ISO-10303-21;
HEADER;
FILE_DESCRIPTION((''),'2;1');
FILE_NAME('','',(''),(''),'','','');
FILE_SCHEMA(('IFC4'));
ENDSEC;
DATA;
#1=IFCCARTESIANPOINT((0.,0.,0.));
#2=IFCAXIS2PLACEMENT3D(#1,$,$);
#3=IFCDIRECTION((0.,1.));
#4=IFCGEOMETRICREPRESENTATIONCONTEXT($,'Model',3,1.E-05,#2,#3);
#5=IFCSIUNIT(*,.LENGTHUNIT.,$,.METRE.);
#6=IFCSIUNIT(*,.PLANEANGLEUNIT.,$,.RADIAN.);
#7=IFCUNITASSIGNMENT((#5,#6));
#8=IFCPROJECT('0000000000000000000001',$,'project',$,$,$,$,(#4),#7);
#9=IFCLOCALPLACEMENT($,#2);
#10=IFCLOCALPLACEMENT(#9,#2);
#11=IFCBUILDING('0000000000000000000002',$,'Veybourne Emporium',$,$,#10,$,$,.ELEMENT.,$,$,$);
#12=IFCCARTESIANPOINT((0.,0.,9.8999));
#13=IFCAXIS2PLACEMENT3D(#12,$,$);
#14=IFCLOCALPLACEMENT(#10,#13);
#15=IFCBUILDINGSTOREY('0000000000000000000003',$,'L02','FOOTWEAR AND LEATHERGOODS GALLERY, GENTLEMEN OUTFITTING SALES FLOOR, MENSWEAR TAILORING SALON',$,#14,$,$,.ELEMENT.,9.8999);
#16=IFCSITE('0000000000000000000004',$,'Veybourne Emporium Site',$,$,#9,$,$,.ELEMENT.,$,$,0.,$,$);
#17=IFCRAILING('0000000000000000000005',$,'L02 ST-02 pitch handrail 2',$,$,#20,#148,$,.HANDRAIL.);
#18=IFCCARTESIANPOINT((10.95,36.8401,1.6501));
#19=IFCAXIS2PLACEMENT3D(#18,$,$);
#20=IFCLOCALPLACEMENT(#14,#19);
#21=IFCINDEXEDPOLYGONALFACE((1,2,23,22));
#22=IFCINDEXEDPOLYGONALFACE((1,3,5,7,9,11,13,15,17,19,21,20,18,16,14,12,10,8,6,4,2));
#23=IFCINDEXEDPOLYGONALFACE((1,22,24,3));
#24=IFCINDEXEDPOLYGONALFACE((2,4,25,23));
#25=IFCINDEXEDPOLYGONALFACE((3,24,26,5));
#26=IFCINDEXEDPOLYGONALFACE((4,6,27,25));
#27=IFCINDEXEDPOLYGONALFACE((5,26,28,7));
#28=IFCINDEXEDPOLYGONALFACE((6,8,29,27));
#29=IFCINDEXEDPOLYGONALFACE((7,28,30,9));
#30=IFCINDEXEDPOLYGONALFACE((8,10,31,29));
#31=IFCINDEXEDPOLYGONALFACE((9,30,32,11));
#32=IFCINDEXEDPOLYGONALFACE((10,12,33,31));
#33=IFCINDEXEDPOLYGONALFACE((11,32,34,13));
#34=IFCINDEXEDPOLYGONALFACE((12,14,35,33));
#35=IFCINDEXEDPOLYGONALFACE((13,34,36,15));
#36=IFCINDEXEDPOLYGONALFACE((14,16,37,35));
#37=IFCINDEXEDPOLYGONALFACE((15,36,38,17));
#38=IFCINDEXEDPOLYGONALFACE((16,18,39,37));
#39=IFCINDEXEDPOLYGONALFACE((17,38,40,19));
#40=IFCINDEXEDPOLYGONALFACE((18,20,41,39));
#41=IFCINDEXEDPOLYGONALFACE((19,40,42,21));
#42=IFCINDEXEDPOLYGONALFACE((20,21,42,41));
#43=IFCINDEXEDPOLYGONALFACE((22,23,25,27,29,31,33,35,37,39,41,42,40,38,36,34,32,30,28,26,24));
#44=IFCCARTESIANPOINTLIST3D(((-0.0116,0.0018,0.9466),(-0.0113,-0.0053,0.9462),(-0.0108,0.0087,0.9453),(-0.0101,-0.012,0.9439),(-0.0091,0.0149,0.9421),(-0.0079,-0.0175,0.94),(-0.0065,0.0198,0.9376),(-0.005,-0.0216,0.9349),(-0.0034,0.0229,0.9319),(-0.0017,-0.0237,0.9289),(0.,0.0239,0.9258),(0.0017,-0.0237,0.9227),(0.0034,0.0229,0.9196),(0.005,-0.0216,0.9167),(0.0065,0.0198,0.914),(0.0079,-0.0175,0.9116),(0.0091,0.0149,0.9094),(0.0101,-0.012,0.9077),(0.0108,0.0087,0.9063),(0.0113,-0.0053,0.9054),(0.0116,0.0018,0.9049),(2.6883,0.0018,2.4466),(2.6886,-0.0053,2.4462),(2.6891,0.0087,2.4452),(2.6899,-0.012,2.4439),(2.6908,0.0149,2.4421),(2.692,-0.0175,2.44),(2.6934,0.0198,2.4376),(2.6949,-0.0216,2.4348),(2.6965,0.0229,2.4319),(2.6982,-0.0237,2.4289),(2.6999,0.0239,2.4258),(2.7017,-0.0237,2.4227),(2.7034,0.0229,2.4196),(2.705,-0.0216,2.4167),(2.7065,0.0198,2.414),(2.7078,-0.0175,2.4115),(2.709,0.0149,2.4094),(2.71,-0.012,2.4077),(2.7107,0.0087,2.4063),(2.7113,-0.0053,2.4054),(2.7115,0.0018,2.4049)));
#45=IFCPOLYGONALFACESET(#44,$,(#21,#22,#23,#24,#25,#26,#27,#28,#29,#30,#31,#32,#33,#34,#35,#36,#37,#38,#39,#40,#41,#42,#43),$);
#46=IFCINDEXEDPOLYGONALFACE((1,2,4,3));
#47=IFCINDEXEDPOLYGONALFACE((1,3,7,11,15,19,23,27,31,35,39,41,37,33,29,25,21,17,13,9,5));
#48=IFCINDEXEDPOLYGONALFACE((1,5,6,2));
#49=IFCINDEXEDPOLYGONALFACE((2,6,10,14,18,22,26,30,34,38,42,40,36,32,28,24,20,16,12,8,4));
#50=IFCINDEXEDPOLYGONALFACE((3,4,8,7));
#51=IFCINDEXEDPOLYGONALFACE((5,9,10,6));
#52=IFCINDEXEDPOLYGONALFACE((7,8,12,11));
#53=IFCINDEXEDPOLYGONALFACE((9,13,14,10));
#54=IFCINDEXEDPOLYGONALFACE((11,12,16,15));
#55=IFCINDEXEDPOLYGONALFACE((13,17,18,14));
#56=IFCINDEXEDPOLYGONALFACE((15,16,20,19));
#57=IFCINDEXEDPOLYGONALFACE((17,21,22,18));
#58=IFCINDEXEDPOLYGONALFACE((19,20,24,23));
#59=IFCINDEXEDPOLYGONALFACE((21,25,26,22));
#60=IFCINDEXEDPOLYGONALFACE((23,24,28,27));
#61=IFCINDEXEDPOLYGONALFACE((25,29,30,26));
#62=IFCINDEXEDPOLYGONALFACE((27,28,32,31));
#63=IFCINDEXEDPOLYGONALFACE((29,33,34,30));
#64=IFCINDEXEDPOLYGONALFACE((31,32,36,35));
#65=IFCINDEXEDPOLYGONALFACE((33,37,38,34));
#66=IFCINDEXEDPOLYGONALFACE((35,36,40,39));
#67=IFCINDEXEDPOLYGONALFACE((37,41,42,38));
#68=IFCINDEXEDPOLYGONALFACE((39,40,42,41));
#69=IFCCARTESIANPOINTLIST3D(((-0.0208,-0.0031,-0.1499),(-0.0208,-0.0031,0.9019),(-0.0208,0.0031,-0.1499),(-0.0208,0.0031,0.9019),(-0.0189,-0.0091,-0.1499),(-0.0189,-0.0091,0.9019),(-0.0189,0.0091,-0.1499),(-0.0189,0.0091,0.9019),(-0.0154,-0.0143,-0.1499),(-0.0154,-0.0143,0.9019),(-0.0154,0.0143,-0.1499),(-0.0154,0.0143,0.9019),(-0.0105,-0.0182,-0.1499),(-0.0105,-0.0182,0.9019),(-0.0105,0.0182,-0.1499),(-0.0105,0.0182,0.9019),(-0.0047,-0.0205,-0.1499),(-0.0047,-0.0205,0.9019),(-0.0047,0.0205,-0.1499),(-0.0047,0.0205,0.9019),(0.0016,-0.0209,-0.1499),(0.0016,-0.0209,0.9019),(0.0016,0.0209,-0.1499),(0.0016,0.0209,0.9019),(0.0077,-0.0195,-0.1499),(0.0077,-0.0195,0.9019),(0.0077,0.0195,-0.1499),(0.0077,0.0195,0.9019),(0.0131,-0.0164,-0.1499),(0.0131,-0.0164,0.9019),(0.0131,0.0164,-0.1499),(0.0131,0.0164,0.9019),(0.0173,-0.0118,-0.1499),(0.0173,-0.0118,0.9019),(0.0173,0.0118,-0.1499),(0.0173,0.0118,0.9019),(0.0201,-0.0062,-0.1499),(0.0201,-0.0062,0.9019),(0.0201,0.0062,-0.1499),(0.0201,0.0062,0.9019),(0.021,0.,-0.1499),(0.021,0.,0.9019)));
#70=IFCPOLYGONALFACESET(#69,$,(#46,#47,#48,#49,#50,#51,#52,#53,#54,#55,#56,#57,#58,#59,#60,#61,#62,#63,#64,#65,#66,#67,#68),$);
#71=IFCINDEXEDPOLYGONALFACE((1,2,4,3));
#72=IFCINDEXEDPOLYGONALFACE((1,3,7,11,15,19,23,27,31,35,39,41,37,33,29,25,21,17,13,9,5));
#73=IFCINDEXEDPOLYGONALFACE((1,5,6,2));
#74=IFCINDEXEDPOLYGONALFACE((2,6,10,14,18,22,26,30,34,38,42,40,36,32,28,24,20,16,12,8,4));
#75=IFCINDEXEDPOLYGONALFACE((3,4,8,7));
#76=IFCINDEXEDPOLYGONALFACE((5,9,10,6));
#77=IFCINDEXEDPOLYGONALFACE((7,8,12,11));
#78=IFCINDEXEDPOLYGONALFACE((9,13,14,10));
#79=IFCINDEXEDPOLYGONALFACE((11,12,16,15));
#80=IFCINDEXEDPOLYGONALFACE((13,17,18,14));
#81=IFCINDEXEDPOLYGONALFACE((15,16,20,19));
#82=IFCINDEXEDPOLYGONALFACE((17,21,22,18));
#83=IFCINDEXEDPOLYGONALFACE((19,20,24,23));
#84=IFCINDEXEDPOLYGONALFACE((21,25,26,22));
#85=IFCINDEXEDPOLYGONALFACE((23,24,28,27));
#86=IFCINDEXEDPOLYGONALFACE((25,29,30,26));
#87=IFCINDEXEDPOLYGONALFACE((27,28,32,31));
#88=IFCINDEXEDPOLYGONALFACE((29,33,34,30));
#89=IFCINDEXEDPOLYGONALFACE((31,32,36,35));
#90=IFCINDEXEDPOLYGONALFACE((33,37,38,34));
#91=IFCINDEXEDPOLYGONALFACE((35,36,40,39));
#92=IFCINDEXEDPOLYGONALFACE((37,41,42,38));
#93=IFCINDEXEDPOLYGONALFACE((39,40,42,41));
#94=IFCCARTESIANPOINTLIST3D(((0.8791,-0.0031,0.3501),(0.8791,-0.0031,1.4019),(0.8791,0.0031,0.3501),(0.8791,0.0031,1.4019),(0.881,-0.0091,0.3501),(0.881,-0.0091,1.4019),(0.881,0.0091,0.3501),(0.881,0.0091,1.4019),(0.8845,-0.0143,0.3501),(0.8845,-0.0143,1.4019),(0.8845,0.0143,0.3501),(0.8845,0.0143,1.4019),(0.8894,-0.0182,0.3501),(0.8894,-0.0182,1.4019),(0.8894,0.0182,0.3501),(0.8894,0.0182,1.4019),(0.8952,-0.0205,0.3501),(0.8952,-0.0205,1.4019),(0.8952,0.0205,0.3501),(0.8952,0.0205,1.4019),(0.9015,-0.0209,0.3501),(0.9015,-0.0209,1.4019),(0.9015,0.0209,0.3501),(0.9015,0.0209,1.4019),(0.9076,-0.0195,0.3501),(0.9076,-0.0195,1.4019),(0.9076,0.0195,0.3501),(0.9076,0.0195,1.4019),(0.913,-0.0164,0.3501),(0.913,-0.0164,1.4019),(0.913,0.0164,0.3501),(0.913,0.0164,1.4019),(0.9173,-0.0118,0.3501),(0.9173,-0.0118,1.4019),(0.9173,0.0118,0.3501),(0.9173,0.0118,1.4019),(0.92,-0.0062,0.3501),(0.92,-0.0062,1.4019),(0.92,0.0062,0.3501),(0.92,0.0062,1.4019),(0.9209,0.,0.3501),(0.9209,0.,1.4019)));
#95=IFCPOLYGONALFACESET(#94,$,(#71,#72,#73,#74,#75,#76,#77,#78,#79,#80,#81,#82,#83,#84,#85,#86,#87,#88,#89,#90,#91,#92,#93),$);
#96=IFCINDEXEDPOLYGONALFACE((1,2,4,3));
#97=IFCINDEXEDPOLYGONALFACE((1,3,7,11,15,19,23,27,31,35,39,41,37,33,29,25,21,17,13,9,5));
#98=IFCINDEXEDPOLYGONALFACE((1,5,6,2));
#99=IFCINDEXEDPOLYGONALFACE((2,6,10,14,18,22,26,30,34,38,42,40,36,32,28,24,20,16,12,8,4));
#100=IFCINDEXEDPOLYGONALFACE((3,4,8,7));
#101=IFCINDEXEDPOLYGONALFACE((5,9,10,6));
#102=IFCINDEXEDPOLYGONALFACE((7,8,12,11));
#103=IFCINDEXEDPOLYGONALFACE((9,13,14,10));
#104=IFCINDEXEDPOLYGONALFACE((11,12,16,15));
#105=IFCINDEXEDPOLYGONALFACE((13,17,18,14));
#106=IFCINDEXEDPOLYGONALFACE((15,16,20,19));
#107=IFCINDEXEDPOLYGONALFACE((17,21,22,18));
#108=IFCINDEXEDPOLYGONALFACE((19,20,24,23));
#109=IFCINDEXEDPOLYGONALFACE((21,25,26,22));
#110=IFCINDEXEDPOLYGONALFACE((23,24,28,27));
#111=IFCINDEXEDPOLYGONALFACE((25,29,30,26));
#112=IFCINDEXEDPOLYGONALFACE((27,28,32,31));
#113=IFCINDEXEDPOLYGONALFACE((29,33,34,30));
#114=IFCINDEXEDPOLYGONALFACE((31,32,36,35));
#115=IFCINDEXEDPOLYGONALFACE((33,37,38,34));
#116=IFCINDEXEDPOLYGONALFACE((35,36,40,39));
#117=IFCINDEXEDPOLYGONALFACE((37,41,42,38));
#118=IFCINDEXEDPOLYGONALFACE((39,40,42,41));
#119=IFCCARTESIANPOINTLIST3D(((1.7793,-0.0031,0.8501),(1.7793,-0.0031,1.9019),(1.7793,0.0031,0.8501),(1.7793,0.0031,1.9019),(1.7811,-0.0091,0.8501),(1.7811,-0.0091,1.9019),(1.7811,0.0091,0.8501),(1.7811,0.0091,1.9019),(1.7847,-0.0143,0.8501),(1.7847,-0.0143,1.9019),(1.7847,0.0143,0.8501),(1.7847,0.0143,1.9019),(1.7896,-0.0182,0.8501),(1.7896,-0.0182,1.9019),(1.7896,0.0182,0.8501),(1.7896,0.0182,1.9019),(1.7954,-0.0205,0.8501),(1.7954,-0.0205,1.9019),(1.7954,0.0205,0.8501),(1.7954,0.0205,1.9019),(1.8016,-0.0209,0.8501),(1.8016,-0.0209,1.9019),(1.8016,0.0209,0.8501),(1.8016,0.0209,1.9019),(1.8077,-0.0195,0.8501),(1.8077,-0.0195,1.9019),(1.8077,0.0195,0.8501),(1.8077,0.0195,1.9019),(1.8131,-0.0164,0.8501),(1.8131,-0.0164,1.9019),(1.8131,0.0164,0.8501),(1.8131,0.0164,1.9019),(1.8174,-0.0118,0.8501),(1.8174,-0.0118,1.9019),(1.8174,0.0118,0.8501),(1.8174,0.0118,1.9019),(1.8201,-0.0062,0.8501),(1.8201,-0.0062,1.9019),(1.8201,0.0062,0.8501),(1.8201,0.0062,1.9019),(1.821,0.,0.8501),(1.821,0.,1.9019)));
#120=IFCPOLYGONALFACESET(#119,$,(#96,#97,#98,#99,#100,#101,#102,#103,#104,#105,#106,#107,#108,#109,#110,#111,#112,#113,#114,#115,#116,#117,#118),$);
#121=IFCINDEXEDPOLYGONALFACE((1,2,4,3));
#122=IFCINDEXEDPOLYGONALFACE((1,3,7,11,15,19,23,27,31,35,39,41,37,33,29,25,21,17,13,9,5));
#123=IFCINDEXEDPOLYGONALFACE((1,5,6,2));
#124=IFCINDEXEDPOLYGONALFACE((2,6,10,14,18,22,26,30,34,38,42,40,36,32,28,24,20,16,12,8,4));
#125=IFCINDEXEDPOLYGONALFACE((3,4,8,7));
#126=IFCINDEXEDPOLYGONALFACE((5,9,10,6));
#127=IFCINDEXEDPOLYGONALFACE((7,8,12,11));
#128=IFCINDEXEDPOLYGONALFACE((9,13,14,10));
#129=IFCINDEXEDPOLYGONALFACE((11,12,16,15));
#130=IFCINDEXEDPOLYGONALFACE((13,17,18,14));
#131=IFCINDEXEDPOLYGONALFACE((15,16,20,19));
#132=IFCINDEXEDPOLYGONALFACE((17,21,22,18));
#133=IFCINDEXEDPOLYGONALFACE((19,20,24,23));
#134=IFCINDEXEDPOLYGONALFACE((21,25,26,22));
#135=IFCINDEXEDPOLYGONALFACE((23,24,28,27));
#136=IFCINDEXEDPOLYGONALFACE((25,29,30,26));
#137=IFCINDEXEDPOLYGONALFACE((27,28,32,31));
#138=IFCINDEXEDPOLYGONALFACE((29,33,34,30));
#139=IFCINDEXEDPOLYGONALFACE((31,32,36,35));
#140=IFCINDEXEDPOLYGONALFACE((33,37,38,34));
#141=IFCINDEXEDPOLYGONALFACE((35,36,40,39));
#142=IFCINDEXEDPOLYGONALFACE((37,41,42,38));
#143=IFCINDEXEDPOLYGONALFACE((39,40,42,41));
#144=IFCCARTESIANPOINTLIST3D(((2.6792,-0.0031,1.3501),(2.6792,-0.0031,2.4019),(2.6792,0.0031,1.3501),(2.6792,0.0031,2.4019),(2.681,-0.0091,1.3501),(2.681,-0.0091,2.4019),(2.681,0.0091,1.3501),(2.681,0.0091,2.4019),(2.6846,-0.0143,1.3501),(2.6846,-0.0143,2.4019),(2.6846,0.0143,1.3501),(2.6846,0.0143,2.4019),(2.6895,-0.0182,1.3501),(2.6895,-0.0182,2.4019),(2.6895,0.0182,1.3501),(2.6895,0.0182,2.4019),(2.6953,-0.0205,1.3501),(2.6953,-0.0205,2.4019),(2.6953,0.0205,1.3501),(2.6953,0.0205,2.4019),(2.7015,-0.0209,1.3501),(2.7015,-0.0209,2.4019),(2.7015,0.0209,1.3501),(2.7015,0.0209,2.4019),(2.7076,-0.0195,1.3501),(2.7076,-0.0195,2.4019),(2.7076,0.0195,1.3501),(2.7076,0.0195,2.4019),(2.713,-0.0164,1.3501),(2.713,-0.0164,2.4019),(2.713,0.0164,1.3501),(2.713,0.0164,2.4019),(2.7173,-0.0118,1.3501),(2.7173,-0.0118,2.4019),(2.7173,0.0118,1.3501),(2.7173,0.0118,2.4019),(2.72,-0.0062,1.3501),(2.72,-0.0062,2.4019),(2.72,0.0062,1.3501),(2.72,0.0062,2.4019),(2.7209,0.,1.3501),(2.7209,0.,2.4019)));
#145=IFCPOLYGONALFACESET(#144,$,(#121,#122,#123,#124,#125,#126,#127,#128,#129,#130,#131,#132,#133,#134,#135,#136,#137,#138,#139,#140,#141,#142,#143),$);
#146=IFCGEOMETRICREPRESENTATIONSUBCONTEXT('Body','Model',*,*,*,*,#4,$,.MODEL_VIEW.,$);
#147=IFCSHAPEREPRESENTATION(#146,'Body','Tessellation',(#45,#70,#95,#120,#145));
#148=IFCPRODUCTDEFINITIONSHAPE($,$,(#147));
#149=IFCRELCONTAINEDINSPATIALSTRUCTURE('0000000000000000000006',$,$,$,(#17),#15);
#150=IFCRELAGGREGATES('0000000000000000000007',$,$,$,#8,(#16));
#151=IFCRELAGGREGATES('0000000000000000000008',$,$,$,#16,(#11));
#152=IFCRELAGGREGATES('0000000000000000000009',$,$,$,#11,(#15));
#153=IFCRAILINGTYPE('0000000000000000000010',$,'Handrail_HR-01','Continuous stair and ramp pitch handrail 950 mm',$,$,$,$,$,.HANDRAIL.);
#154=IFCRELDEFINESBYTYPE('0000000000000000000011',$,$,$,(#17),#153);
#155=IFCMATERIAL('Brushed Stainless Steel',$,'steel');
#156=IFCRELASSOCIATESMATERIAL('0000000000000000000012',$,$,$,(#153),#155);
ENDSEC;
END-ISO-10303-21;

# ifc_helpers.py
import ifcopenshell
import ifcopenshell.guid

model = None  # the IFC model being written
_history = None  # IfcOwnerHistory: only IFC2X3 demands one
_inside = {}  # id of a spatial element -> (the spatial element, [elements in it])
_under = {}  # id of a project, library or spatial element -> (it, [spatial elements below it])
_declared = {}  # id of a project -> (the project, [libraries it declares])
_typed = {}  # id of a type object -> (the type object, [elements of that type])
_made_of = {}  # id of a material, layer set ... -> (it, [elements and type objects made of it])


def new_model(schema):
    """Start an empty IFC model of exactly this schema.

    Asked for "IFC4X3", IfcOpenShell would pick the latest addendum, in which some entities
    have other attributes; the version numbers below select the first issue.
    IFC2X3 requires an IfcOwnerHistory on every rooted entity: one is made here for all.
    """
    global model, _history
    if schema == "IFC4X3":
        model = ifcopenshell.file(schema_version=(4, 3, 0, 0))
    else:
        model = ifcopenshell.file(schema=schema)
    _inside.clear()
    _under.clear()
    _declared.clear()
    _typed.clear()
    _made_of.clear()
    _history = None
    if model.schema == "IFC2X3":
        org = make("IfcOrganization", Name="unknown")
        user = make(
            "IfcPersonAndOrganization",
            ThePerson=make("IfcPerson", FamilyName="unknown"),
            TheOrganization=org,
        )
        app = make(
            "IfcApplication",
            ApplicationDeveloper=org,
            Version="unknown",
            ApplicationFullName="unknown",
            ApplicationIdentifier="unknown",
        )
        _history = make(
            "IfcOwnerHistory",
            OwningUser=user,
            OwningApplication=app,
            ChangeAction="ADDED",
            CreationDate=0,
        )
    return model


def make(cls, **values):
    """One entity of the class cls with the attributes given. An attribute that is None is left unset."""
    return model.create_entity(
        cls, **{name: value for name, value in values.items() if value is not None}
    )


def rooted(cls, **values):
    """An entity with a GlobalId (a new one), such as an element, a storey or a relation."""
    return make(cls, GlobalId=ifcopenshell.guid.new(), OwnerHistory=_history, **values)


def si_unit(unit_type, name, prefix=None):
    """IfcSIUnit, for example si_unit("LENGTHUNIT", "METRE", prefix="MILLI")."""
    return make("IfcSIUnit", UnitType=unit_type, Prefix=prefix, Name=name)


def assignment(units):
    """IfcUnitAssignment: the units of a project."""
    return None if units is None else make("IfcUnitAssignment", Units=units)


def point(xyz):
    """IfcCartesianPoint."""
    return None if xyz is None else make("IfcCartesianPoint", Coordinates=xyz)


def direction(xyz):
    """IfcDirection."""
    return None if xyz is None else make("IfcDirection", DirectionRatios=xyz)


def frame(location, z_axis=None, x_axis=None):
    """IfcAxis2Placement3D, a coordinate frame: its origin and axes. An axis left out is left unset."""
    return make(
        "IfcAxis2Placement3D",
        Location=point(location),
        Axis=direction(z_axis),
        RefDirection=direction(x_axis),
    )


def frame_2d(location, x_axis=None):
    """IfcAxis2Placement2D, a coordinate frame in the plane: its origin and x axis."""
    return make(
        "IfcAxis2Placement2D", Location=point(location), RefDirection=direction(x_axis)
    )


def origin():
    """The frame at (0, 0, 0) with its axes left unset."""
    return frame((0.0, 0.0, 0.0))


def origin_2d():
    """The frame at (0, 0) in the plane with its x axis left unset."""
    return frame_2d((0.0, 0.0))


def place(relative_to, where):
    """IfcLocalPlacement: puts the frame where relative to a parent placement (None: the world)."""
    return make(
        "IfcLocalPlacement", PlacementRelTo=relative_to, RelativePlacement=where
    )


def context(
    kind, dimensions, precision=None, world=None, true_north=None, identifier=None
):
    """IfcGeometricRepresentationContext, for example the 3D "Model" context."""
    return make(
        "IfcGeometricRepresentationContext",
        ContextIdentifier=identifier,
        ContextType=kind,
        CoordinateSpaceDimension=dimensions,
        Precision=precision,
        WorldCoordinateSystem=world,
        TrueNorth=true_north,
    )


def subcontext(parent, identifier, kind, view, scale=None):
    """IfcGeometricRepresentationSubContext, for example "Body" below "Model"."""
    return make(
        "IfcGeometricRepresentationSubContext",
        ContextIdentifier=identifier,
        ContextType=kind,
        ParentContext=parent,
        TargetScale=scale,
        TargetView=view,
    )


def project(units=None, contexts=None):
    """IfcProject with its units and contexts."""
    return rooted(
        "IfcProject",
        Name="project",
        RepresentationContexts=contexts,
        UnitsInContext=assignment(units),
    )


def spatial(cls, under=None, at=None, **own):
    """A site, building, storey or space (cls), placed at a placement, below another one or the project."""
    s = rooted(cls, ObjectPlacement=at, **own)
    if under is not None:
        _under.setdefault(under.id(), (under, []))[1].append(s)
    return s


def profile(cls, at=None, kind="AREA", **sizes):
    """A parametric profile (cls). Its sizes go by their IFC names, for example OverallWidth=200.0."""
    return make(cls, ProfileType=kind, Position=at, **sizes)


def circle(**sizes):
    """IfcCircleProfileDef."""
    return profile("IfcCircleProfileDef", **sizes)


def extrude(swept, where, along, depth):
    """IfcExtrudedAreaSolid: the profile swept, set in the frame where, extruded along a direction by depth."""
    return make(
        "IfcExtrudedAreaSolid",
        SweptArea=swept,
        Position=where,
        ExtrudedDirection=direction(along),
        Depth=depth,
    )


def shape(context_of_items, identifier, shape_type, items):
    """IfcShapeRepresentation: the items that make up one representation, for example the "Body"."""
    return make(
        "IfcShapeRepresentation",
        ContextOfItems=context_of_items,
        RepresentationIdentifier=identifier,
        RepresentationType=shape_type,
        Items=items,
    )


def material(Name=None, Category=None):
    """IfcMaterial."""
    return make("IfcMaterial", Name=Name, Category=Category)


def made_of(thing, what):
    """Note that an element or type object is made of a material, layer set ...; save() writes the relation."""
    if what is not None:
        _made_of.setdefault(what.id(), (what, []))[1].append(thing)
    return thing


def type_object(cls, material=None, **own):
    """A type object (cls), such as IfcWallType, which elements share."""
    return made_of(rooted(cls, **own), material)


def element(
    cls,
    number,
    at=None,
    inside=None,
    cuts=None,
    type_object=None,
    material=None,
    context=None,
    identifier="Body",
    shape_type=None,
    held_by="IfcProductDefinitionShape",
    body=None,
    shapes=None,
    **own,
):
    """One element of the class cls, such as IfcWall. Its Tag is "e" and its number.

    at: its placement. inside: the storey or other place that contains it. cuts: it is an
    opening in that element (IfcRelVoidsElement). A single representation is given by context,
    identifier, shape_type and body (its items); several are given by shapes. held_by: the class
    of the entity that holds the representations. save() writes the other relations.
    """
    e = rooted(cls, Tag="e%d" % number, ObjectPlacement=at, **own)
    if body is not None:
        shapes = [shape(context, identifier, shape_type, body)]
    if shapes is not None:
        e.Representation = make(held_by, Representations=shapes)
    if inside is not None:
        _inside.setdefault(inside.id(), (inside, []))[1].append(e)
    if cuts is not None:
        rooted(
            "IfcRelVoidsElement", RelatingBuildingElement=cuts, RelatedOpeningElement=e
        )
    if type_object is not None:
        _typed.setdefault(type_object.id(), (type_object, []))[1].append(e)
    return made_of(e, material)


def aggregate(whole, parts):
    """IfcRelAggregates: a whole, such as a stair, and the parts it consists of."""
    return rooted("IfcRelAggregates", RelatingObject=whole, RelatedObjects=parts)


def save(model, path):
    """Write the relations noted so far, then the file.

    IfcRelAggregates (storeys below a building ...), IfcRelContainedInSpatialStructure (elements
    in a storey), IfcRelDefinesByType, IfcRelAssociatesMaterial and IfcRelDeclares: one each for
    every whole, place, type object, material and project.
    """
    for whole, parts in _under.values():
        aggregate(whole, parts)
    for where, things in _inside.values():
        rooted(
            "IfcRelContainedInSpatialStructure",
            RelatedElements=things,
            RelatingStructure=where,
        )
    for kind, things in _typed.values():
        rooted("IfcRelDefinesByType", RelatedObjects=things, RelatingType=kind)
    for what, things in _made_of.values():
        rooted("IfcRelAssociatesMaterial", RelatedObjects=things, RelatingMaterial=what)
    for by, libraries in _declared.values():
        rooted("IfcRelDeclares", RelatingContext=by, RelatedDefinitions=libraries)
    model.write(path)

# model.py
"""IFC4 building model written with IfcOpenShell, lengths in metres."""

from ifc_helpers import new_model, si_unit, direction, frame, origin, origin_2d, place, context, subcontext, project, spatial, circle, extrude, material, type_object, element, save


model = new_model("IFC4")

# Units and contexts
model_context = context("Model", 3, precision=1e-05, world=origin(), true_north=direction((0.0, 1.0)))
body_context = subcontext(model_context, "Body", "Model", "MODEL_VIEW")
ifc_project = project(units=[si_unit("LENGTHUNIT", "METRE"), si_unit("PLANEANGLEUNIT", "RADIAN")], contexts=[model_context])

# Site, building, storey
site_placement = place(None, origin())
site = spatial("IfcSite", under=ifc_project, at=site_placement, Name="Veybourne Emporium Site", CompositionType="ELEMENT", RefElevation=0.0)
building_placement = place(site_placement, origin())
building = spatial("IfcBuilding", under=site, at=building_placement, Name="Veybourne Emporium", CompositionType="ELEMENT")
storey_placement = place(building_placement, frame((0.0, 0.0, 9.8999)))
storey = spatial("IfcBuildingStorey", under=building, at=storey_placement, Name="L02", Description="FOOTWEAR AND LEATHERGOODS GALLERY, GENTLEMEN OUTFITTING SALES FLOOR, MENSWEAR TAILORING SALON", CompositionType="ELEMENT", Elevation=9.8999)

# Railing
ifc_material_1 = material(Name="Brushed Stainless Steel", Category="steel")
railing_type_1 = type_object("IfcRailingType", Name="Handrail_HR-01", Description="Continuous stair and ramp pitch handrail 950 mm", PredefinedType="HANDRAIL", material=ifc_material_1)
railing_1_placement = place(storey_placement, frame((10.95, 36.8401, 1.6501)))
element("IfcRailing", 1, at=railing_1_placement, inside=storey, type_object=railing_type_1, Name="L02 ST-02 pitch handrail 2", PredefinedType="HANDRAIL", context=body_context, shape_type="SweptSolid", body=[
    extrude(circle(Radius=0.0239, at=origin_2d()), frame((0.0, 0.0, 0.9258), z_axis=(0.874154, 0.0, 0.48565), x_axis=(0.0, 1.0, 0.0)), (0.0, 0.0, 1.0), 3.0886),
    extrude(circle(Radius=0.021, at=origin_2d()), frame((0.0, 0.0, -0.1499)), (0.0, 0.0, 1.0), 1.0518),
    extrude(circle(Radius=0.021, at=origin_2d()), frame((0.8999, 0.0, 0.3501)), (0.0, 0.0, 1.0), 1.0518),
    extrude(circle(Radius=0.021, at=origin_2d()), frame((1.8, 0.0, 0.8501)), (0.0, 0.0, 1.0), 1.0518),
    extrude(circle(Radius=0.021, at=origin_2d()), frame((2.7, 0.0, 1.3501)), (0.0, 0.0, 1.0), 1.0518),
])

save(model, "model.ifc")
